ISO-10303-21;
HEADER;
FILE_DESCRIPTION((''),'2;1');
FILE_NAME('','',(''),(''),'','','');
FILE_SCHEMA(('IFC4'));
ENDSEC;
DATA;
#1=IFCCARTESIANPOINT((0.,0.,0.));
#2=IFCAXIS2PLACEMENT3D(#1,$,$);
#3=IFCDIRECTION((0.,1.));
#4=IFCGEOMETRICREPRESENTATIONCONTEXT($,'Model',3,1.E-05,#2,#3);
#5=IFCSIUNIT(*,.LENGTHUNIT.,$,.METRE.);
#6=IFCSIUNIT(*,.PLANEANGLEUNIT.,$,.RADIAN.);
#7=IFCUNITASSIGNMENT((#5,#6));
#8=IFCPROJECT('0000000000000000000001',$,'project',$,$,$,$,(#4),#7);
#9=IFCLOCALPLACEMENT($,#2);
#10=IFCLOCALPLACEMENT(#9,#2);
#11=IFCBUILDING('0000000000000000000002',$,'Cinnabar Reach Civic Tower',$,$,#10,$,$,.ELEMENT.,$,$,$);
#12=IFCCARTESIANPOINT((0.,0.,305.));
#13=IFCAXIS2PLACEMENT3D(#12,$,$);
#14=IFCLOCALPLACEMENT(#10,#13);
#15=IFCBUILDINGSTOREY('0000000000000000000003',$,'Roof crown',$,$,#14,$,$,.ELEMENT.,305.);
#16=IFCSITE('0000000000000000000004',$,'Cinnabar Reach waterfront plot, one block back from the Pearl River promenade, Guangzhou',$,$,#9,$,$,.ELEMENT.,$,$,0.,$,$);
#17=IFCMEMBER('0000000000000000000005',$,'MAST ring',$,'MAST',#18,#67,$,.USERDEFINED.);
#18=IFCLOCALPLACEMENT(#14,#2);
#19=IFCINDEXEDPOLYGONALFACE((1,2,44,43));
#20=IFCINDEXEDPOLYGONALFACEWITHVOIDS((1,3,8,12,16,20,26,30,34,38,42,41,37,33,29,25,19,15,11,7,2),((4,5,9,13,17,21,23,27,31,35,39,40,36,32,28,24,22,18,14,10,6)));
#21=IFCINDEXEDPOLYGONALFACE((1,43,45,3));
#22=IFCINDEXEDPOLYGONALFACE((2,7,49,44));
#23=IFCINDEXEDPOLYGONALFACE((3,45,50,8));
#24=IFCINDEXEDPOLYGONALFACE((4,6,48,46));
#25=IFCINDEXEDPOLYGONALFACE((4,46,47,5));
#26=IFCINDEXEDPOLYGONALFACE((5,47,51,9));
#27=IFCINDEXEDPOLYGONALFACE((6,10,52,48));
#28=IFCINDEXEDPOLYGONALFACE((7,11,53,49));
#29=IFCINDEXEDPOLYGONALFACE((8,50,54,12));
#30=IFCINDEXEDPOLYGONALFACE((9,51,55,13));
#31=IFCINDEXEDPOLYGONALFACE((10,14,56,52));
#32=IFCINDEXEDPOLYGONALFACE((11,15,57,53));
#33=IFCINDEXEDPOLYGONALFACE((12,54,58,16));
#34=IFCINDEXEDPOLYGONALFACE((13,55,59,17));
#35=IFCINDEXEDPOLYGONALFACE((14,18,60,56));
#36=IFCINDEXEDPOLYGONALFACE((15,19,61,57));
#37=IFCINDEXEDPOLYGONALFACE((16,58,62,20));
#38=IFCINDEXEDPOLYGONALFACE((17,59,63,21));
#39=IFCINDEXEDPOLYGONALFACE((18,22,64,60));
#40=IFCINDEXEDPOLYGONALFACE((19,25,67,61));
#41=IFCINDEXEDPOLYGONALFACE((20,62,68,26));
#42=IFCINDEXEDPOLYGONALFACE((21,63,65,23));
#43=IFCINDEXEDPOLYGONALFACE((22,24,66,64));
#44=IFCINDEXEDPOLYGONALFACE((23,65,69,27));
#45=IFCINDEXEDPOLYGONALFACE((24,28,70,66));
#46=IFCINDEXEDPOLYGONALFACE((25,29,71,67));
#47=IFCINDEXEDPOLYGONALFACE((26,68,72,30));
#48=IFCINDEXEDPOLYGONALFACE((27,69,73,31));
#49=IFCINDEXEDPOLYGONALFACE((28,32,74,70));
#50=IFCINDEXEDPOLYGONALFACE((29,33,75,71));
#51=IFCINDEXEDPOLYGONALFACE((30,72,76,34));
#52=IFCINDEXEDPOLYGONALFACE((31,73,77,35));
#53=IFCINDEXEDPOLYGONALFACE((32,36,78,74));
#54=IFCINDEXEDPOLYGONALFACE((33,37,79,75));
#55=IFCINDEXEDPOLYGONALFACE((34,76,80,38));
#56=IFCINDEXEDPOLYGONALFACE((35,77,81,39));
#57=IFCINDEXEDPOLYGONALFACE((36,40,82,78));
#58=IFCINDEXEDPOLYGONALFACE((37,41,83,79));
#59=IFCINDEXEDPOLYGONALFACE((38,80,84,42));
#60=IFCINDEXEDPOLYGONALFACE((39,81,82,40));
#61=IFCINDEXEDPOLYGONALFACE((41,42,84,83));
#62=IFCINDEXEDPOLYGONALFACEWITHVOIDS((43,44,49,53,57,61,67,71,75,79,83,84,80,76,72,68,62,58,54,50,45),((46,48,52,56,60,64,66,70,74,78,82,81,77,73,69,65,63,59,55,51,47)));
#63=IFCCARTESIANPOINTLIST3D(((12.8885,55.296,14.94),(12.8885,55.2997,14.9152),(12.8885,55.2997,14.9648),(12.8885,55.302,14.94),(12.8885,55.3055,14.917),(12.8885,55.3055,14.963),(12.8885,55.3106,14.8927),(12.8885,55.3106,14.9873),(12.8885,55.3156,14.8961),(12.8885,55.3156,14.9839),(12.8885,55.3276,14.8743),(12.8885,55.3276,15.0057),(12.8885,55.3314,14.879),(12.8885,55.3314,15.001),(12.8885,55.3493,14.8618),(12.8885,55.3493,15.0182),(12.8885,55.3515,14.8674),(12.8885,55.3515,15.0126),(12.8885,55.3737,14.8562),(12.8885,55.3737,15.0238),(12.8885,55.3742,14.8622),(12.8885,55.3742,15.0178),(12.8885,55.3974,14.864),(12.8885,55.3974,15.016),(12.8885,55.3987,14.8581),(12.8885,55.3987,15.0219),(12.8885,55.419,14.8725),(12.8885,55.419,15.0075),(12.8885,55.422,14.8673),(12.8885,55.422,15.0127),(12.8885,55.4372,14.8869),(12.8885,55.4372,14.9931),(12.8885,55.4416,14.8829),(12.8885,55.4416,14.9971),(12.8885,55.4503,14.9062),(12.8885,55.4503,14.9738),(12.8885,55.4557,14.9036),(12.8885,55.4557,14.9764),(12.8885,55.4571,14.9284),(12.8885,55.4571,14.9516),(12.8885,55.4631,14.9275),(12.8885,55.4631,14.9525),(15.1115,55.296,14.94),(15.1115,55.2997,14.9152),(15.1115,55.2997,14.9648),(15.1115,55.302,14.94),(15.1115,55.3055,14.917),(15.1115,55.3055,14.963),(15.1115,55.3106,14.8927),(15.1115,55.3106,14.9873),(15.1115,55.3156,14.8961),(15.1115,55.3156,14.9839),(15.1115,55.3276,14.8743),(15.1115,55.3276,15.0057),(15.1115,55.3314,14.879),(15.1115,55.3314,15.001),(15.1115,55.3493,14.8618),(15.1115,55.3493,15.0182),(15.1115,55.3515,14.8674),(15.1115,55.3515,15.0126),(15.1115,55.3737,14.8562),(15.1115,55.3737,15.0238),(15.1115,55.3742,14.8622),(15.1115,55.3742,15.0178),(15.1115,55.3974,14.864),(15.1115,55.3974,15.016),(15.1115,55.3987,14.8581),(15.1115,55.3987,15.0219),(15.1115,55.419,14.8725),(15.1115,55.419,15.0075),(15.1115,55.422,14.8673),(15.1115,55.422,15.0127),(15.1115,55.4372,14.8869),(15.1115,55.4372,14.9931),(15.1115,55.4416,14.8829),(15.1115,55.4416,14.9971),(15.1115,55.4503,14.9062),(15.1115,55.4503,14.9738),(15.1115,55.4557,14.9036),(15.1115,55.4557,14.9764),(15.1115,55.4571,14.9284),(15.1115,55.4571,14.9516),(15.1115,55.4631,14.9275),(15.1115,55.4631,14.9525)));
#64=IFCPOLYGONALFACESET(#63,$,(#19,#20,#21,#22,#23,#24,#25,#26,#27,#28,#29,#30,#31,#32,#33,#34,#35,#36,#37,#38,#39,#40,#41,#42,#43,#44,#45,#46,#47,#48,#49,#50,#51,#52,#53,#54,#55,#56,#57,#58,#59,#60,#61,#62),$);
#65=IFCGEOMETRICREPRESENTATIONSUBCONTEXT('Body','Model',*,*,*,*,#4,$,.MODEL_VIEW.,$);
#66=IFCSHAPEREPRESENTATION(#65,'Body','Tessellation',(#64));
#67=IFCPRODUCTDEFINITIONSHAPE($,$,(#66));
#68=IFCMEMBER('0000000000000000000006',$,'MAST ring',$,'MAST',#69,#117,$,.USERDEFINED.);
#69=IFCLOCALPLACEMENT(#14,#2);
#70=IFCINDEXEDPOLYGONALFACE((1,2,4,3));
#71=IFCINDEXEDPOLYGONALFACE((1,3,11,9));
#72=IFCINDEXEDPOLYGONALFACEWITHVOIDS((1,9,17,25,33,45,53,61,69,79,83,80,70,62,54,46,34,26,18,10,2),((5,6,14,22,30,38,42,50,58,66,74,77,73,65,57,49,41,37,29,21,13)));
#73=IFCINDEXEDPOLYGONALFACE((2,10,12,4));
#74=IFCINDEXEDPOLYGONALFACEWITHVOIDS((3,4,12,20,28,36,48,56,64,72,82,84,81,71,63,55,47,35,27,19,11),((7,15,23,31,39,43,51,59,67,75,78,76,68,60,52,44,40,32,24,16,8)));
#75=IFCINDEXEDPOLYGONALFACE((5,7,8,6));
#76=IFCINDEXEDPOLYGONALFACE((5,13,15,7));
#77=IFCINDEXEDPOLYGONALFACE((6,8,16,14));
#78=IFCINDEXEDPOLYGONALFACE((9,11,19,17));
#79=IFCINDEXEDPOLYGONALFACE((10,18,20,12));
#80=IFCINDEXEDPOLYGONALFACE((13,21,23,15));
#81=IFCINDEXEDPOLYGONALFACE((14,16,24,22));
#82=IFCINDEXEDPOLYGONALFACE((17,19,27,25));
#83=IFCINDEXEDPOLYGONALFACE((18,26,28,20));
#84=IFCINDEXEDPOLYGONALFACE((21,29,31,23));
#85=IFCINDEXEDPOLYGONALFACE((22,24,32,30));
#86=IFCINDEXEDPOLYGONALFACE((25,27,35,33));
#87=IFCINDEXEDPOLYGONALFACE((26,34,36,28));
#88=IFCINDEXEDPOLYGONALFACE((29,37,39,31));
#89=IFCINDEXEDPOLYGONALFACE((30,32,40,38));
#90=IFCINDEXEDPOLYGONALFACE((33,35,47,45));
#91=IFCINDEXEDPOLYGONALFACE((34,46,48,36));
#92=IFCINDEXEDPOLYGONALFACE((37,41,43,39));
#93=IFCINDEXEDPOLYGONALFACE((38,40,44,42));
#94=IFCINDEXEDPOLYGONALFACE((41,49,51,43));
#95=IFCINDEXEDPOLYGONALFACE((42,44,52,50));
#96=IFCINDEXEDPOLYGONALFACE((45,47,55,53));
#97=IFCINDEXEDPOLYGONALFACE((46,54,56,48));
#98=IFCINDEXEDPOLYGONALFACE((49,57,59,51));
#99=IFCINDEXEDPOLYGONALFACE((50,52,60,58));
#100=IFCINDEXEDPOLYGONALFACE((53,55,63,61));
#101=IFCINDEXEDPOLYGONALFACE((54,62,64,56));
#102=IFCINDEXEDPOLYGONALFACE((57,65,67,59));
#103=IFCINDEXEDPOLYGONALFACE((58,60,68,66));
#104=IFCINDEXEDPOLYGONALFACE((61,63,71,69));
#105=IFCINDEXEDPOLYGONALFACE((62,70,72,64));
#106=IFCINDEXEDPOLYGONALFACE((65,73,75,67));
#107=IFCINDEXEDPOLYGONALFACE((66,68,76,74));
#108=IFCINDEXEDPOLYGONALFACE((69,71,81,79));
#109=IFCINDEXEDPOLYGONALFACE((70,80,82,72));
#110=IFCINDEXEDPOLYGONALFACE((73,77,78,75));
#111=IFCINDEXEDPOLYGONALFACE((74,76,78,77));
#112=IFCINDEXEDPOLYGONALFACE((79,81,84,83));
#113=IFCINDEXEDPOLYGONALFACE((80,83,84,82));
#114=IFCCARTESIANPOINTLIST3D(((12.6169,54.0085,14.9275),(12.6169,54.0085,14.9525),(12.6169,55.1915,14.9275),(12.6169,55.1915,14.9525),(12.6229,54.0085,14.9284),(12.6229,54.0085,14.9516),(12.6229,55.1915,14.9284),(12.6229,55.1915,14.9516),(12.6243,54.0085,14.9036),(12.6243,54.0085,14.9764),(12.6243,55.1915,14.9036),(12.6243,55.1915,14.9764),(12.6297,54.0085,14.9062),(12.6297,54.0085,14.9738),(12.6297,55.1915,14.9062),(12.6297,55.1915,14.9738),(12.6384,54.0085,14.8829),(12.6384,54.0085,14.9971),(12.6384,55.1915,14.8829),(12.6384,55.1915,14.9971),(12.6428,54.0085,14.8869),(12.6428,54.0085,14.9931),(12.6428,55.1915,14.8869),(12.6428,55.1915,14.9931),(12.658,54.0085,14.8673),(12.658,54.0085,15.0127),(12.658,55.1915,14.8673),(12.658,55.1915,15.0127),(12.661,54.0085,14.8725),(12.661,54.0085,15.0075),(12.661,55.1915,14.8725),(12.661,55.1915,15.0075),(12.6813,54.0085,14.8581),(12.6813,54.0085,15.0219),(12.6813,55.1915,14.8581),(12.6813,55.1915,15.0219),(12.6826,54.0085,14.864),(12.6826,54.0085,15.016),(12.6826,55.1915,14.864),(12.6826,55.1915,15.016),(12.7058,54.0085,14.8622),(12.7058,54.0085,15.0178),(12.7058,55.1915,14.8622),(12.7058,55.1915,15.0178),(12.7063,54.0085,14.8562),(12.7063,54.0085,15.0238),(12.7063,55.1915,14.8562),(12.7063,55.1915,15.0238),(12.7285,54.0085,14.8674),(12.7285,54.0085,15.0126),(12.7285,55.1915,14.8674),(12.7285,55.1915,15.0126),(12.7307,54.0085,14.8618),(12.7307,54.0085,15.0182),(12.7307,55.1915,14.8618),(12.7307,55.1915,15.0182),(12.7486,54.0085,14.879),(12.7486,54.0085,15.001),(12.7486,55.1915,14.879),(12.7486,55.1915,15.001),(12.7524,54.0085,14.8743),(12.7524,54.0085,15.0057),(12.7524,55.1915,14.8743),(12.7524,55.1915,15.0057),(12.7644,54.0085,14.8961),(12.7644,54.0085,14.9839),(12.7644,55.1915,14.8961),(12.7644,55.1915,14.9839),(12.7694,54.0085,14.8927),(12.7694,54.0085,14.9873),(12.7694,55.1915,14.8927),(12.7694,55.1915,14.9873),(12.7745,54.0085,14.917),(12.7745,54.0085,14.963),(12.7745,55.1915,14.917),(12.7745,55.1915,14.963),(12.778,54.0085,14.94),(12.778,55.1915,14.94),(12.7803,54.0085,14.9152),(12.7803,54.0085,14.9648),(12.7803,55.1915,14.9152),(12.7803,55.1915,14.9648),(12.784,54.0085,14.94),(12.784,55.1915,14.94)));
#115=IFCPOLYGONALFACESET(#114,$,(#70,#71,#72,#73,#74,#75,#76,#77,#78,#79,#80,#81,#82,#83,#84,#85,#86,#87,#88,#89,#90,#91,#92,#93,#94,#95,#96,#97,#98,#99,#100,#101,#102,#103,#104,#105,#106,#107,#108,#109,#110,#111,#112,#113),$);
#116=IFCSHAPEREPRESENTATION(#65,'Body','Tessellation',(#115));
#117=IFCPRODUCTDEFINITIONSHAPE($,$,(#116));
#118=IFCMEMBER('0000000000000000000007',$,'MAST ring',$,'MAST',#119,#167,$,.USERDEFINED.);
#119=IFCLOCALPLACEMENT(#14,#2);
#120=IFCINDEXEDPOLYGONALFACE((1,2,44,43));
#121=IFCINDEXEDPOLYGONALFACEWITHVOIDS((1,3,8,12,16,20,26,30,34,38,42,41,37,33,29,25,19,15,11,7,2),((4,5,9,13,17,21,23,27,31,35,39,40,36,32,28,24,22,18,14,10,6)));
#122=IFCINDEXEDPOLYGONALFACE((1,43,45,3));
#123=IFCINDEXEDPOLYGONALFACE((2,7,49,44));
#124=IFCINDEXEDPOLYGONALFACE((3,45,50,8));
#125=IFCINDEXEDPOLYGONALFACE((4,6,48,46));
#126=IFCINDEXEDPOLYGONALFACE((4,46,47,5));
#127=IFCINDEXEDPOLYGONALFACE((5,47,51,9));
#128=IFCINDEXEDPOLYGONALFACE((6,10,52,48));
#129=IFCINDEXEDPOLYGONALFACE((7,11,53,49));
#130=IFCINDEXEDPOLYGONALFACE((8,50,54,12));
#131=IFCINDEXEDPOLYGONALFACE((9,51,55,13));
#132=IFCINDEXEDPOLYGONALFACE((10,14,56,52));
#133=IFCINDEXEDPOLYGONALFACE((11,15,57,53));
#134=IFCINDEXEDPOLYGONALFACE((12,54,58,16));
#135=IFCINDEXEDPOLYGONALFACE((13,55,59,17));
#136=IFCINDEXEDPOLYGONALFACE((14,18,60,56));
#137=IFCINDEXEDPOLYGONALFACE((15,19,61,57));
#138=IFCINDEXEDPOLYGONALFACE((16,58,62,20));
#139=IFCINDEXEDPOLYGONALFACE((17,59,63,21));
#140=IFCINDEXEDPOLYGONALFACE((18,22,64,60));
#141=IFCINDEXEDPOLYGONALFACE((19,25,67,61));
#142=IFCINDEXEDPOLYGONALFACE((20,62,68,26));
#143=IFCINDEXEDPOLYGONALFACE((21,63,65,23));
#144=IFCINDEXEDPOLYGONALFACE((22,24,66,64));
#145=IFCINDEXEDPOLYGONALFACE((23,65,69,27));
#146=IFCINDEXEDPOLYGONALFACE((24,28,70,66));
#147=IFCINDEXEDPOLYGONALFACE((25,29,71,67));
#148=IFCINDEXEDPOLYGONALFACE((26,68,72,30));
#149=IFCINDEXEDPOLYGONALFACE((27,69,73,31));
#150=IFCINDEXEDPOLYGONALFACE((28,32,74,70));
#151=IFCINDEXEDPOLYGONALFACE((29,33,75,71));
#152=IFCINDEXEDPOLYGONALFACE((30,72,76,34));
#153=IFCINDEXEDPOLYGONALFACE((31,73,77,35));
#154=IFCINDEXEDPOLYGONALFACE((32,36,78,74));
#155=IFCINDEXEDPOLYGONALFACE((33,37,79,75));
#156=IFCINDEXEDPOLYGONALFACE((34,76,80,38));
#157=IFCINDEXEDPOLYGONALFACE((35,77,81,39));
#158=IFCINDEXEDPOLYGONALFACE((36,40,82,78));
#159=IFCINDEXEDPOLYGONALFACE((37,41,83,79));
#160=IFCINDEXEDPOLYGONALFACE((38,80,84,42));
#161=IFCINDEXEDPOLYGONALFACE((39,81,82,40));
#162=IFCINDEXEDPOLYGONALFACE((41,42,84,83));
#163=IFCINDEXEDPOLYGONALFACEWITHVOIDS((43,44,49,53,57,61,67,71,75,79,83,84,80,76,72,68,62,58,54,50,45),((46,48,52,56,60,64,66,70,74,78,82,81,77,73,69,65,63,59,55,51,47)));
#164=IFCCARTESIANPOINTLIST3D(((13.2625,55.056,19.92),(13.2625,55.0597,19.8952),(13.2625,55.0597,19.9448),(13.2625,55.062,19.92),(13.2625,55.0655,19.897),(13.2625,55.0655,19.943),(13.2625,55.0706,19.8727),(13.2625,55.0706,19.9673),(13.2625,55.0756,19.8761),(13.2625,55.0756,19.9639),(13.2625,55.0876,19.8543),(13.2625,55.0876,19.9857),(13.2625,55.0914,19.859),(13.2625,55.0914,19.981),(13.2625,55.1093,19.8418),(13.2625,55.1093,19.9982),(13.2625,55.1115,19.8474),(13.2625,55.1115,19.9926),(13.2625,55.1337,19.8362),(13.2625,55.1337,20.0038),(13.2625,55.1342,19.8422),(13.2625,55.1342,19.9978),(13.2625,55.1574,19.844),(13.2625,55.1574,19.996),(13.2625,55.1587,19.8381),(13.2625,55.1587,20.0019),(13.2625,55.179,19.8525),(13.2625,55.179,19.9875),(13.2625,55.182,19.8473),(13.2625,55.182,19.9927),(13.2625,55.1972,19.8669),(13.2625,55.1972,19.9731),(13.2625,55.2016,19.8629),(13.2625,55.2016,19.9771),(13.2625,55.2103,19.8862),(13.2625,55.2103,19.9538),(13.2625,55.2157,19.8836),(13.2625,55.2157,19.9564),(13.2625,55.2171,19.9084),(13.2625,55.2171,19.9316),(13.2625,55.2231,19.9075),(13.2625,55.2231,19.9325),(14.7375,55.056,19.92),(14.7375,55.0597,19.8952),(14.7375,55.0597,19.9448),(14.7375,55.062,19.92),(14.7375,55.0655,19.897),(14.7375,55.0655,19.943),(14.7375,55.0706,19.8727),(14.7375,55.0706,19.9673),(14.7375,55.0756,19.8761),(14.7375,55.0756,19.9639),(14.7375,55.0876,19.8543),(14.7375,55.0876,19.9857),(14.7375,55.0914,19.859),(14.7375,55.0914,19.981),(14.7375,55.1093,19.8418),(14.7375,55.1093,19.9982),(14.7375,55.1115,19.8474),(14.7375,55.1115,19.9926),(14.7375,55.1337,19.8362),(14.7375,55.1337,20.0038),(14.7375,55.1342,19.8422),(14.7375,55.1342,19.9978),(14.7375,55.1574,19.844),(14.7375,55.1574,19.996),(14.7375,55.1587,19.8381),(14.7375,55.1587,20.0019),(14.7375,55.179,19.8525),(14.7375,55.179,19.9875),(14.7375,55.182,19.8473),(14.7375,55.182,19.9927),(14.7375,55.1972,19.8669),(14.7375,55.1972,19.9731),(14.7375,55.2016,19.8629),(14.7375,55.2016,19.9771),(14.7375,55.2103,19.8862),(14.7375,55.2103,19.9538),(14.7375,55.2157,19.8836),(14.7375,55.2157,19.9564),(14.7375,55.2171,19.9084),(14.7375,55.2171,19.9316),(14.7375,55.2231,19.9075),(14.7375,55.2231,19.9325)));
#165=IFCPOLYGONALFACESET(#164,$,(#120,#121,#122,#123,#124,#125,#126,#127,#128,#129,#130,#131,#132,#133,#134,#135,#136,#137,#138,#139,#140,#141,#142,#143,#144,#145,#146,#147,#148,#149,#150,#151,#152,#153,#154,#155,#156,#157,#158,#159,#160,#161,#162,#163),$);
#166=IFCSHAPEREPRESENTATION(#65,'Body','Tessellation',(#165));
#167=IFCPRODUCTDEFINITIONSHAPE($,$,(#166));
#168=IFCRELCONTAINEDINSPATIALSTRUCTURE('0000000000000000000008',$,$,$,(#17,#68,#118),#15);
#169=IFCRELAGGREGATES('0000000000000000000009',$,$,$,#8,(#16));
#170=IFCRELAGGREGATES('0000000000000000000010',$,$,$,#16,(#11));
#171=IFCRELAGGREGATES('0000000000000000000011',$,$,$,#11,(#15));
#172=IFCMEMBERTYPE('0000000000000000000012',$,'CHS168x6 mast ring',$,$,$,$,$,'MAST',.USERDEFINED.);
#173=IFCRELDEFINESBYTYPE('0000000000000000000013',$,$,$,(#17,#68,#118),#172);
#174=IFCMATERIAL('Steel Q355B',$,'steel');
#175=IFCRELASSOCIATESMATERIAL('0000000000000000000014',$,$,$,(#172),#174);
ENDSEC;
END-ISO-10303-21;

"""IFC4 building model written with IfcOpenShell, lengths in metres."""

from ifc_helpers import new_model, si_unit, direction, frame, origin, origin_2d, place, context, subcontext, project, spatial, hollow_circle, extrude, material, material_profile, profile_set, type_object, element, save


model = new_model("IFC4")

# Units and contexts
model_context = context("Model", 3, precision=1e-05, world=origin(), true_north=direction((0.0, 1.0)))
body_context = subcontext(model_context, "Body", "Model", "MODEL_VIEW")
ifc_project = project(units=[si_unit("LENGTHUNIT", "METRE"), si_unit("PLANEANGLEUNIT", "RADIAN")], contexts=[model_context])

# Site, building, storey
site_placement = place(None, origin())
site = spatial("IfcSite", under=ifc_project, at=site_placement, Name="Cinnabar Reach waterfront plot, one block back from the Pearl River promenade, Guangzhou", CompositionType="ELEMENT", RefElevation=0.0)
building_placement = place(site_placement, origin())
building = spatial("IfcBuilding", under=site, at=building_placement, Name="Cinnabar Reach Civic Tower", CompositionType="ELEMENT")
storey_placement = place(building_placement, frame((0.0, 0.0, 305.0)))
storey = spatial("IfcBuildingStorey", under=building, at=storey_placement, Name="Roof crown", CompositionType="ELEMENT", Elevation=305.0)

# Members
ifc_material = material(Name="Steel Q355B", Category="steel")
ifc_material_profile_1 = material_profile(ifc_material, hollow_circle(Radius=0.084, WallThickness=0.006, at=origin_2d()), Name="CHS168x6")
ifc_profile_set_1 = profile_set([ifc_material_profile_1], Name="Steel Q355B")
member_type_1 = type_object("IfcMemberType", Name="CHS168x6 mast ring", ElementType="MAST", PredefinedType="USERDEFINED", material=ifc_profile_set_1)
member_1_placement = place(storey_placement, frame((15.1115, 55.38, 14.94), z_axis=(-1.0, 0.0, 0.0), x_axis=(0.0, -1.0, 0.0)))
element("IfcMember", 1, at=member_1_placement, inside=storey, type_object=member_type_1, Name="MAST ring", ObjectType="MAST", PredefinedType="USERDEFINED", context=body_context, shape_type="SweptSolid", body=[
    extrude(hollow_circle(Radius=0.084, WallThickness=0.006, at=origin_2d()), origin(), (0.0, 0.0, 1.0), 2.223),
])
member_2_placement = place(storey_placement, frame((12.7, 55.1915, 14.94), z_axis=(0.0, -1.0, 0.0), x_axis=(1.0, 0.0, 0.0)))
element("IfcMember", 2, at=member_2_placement, inside=storey, type_object=member_type_1, Name="MAST ring", ObjectType="MAST", PredefinedType="USERDEFINED", context=body_context, shape_type="SweptSolid", body=[
    extrude(hollow_circle(Radius=0.084, WallThickness=0.006, at=origin_2d()), origin(), (0.0, 0.0, 1.0), 1.183),
])
member_3_placement = place(storey_placement, frame((14.7375, 55.14, 19.92), z_axis=(-1.0, 0.0, 0.0), x_axis=(0.0, -1.0, 0.0)))
element("IfcMember", 3, at=member_3_placement, inside=storey, type_object=member_type_1, Name="MAST ring", ObjectType="MAST", PredefinedType="USERDEFINED", context=body_context, shape_type="SweptSolid", body=[
    extrude(hollow_circle(Radius=0.084, WallThickness=0.006, at=origin_2d()), origin(), (0.0, 0.0, 1.0), 1.475),
])

save(model, "model.ifc")
